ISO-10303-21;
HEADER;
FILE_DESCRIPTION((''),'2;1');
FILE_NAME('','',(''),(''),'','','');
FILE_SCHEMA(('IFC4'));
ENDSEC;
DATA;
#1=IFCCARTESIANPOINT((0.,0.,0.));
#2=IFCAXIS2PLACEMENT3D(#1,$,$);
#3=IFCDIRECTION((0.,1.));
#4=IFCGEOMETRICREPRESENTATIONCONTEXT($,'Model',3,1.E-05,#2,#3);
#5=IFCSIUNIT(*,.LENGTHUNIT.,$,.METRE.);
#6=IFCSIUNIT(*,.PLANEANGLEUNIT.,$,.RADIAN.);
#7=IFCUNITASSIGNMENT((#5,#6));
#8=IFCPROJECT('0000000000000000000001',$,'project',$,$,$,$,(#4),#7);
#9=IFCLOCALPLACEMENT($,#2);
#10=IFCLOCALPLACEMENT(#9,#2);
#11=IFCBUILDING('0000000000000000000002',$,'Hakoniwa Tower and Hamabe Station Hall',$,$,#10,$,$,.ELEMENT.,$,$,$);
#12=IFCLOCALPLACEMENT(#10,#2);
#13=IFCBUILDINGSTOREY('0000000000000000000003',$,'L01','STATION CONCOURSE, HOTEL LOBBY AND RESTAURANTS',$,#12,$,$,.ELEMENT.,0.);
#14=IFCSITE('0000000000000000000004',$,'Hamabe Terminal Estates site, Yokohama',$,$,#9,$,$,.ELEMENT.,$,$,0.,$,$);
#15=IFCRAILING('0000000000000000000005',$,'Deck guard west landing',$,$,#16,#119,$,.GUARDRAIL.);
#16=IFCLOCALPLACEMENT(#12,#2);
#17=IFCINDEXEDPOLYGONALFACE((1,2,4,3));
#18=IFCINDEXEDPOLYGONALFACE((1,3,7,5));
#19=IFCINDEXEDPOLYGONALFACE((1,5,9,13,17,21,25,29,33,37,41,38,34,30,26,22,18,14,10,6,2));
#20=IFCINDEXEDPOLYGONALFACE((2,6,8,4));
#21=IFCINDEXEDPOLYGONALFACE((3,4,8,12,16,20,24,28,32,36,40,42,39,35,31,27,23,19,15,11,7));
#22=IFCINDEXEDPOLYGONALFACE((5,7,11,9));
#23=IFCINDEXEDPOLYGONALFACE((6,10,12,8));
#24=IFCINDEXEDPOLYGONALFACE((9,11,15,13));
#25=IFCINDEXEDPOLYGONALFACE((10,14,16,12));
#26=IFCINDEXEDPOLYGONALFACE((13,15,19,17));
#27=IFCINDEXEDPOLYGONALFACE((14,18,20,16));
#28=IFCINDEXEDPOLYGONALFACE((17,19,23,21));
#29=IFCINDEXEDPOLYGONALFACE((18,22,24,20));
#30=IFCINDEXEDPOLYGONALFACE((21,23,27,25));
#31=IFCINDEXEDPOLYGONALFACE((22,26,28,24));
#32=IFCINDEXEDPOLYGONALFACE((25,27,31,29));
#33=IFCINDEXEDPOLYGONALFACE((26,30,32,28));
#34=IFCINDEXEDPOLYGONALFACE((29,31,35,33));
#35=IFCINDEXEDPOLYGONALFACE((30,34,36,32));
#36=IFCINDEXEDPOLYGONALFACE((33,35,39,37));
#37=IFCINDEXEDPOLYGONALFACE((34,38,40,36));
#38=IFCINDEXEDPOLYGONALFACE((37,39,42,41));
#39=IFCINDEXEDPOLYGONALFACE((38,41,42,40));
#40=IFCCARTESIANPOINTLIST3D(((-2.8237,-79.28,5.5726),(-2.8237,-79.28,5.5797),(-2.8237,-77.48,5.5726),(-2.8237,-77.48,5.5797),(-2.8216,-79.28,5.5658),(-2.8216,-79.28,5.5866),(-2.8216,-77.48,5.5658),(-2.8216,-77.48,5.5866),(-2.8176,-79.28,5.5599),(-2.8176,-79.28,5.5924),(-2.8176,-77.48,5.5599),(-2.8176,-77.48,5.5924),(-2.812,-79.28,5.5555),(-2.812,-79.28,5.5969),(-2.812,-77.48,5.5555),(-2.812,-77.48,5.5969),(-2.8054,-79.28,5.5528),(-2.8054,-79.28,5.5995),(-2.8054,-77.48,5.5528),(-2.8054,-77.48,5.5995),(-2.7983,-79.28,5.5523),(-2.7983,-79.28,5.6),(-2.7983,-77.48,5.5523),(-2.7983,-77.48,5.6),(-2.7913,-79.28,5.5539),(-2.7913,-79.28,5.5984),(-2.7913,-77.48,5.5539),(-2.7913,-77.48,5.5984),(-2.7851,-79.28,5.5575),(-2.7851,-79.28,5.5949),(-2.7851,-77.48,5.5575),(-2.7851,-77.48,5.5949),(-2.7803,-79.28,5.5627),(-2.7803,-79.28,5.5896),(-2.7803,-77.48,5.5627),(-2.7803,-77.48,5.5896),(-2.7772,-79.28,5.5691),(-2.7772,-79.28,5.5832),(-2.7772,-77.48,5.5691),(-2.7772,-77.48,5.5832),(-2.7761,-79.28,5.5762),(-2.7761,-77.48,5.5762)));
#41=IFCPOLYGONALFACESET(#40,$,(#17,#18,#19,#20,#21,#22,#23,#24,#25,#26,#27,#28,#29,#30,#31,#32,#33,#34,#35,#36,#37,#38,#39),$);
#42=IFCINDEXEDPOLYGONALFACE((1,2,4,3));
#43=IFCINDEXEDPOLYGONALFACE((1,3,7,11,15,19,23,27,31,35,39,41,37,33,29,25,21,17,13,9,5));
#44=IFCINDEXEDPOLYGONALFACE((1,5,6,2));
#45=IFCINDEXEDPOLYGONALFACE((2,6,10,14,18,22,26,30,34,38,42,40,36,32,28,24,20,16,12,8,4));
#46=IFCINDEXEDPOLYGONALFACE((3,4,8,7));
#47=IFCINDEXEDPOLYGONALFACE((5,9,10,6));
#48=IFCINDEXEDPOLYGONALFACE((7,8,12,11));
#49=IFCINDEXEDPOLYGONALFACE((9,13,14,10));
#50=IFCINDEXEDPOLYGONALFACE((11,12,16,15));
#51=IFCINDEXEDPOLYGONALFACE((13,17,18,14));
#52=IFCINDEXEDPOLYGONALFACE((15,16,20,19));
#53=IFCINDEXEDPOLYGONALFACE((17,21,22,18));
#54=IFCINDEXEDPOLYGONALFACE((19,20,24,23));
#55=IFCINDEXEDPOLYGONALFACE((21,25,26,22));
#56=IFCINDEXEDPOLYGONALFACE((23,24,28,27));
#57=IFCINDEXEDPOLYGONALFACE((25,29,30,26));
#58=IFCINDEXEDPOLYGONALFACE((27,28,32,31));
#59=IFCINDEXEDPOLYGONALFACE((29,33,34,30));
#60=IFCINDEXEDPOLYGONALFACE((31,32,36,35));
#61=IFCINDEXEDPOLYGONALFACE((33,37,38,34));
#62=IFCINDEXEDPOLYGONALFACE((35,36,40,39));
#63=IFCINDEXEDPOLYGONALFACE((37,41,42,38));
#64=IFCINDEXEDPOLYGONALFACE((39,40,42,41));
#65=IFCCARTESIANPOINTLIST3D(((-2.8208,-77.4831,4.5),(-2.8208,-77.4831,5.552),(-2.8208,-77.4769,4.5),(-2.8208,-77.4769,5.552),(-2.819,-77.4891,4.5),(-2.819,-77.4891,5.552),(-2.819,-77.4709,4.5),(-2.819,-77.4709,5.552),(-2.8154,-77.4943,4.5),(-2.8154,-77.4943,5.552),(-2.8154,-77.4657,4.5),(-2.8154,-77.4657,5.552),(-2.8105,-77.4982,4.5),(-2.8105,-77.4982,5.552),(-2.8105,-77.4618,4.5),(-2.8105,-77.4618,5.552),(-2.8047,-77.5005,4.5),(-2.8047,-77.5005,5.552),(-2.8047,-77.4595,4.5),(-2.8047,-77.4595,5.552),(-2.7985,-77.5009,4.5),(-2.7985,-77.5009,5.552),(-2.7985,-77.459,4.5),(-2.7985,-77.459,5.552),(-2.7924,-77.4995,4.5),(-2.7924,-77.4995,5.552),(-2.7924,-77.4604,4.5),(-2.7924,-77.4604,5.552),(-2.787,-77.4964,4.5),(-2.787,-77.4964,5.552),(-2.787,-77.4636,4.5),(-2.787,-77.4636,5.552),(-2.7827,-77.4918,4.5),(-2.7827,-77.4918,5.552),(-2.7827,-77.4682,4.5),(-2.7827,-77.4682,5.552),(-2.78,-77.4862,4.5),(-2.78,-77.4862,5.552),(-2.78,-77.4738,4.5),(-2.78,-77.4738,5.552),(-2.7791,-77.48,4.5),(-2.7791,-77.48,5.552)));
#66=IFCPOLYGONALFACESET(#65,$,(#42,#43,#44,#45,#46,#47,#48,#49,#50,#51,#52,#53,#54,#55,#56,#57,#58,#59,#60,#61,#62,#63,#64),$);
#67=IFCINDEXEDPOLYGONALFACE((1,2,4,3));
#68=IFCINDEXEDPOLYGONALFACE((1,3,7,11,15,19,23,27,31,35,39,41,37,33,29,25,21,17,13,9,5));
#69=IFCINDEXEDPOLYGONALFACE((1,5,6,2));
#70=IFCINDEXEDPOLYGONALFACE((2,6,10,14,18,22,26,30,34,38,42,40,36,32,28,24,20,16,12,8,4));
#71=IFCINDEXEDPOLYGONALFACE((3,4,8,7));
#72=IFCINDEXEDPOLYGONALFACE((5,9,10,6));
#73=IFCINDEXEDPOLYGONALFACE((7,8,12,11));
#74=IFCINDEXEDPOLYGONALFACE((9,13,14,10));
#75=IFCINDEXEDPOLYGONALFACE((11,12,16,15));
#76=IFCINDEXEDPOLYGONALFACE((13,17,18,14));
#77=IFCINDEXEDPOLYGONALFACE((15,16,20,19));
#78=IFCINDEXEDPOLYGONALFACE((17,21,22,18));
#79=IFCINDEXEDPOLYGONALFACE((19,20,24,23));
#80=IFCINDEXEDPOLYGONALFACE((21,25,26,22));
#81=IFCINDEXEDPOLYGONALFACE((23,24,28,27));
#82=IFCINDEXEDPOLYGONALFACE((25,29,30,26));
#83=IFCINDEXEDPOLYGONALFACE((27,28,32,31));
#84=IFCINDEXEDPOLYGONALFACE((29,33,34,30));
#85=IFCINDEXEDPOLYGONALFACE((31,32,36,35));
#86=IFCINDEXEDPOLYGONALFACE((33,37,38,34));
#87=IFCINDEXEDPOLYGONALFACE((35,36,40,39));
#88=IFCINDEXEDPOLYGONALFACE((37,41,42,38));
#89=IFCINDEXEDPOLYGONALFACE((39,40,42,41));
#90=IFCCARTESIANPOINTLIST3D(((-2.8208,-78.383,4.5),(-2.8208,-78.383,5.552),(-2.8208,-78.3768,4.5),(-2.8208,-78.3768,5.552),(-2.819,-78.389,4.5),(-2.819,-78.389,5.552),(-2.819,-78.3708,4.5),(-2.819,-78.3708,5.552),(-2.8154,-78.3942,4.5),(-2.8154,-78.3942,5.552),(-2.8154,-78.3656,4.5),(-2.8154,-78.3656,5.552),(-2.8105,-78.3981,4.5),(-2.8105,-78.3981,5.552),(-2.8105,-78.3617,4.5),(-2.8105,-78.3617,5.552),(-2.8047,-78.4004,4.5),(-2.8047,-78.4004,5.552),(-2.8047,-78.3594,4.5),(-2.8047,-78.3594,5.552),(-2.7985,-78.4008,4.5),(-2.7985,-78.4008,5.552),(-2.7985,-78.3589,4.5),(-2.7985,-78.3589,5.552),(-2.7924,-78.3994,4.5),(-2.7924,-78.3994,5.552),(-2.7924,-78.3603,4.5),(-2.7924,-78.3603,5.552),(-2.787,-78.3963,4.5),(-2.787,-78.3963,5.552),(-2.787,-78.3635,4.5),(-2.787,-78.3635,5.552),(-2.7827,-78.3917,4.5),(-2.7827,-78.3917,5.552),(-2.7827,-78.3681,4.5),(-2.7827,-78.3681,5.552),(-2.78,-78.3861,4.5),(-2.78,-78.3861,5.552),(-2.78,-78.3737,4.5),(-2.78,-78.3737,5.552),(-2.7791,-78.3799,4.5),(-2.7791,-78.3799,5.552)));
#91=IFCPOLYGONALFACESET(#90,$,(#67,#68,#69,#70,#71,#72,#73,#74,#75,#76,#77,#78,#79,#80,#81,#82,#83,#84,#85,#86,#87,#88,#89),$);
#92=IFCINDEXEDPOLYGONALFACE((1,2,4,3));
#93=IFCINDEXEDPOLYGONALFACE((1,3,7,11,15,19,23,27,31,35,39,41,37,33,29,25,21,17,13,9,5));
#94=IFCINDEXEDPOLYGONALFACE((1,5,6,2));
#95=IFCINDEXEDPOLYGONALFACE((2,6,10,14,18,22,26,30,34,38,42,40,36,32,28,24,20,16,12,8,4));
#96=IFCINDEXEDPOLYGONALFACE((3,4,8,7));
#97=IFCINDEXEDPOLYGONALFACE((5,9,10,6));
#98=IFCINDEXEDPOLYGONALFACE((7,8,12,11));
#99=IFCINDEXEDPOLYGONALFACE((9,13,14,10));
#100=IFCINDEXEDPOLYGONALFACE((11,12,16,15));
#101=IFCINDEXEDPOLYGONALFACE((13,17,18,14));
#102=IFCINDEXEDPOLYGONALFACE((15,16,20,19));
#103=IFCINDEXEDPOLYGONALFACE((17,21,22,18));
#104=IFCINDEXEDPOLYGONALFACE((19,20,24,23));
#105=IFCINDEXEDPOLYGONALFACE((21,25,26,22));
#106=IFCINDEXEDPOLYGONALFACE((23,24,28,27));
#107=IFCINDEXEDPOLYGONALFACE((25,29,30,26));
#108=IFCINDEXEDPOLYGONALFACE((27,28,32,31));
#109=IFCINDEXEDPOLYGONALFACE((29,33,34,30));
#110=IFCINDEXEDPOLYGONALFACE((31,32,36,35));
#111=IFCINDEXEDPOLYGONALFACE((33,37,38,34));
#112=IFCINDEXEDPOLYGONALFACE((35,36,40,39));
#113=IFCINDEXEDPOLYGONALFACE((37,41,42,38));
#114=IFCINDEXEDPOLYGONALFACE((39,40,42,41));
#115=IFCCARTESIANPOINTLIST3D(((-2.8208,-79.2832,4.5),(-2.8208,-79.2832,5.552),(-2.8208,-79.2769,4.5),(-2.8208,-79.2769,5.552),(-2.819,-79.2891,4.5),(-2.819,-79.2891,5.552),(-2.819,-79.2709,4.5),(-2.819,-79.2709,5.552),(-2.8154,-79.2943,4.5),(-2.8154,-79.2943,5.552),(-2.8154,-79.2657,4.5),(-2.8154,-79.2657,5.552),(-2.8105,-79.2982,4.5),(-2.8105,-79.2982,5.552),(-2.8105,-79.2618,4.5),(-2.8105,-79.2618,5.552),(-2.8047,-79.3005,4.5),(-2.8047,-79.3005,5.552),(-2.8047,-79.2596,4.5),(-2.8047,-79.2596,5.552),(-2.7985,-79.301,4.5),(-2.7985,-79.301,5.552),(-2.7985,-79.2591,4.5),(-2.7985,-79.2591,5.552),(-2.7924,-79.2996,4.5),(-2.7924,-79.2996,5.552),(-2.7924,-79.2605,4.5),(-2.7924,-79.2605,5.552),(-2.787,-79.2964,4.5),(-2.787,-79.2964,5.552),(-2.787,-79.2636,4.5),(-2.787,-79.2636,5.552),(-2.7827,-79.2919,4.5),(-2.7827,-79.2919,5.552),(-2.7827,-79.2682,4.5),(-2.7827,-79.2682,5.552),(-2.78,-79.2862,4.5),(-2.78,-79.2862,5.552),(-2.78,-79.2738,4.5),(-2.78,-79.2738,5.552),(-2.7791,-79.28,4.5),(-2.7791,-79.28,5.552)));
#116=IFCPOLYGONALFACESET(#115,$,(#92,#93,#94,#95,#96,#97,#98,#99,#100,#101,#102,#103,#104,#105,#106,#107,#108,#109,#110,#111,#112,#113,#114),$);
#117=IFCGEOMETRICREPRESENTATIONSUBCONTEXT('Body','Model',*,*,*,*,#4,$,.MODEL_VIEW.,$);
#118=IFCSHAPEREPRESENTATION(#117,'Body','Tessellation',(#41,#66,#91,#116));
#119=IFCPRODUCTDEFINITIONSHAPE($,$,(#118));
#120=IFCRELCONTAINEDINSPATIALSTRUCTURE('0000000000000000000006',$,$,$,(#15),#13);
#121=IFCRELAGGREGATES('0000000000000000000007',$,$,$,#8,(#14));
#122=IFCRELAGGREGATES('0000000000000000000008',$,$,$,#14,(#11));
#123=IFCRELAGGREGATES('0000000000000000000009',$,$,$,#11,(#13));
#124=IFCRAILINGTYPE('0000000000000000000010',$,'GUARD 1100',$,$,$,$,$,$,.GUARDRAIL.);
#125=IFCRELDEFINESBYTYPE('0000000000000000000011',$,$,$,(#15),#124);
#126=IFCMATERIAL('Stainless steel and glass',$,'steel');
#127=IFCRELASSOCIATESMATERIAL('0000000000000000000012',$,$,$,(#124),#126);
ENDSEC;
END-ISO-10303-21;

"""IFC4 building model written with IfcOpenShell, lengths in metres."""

from ifc_helpers import new_model, si_unit, direction, frame, origin, origin_2d, place, context, subcontext, project, spatial, circle, extrude, material, type_object, element, save


model = new_model("IFC4")

# Units and contexts
model_context = context("Model", 3, precision=1e-05, world=origin(), true_north=direction((0.0, 1.0)))
body_context = subcontext(model_context, "Body", "Model", "MODEL_VIEW")
ifc_project = project(units=[si_unit("LENGTHUNIT", "METRE"), si_unit("PLANEANGLEUNIT", "RADIAN")], contexts=[model_context])

# Site, building, storey
site_placement = place(None, origin())
site = spatial("IfcSite", under=ifc_project, at=site_placement, Name="Hamabe Terminal Estates site, Yokohama", CompositionType="ELEMENT", RefElevation=0.0)
building_placement = place(site_placement, origin())
building = spatial("IfcBuilding", under=site, at=building_placement, Name="Hakoniwa Tower and Hamabe Station Hall", CompositionType="ELEMENT")
storey_placement = place(building_placement, origin())
storey = spatial("IfcBuildingStorey", under=building, at=storey_placement, Name="L01", Description="STATION CONCOURSE, HOTEL LOBBY AND RESTAURANTS", CompositionType="ELEMENT", Elevation=0.0)

# Railing
ifc_material_1 = material(Name="Stainless steel and glass", Category="steel")
railing_type_1 = type_object("IfcRailingType", Name="GUARD 1100", PredefinedType="GUARDRAIL", material=ifc_material_1)
railing_1_placement = place(storey_placement, frame((-2.8, -77.48, 4.5)))
element("IfcRailing", 1, at=railing_1_placement, inside=storey, type_object=railing_type_1, Name="Deck guard west landing", PredefinedType="GUARDRAIL", context=body_context, shape_type="SweptSolid", body=[
    extrude(circle(Radius=0.0239, at=origin_2d()), frame((0.0, 0.0, 1.0762), z_axis=(0.0, -1.0, 0.0), x_axis=(1.0, 0.0, 0.0)), (0.0, 0.0, 1.0), 1.8),
    extrude(circle(Radius=0.021, at=origin_2d()), origin(), (0.0, 0.0, 1.0), 1.052),
    extrude(circle(Radius=0.021, at=origin_2d()), frame((0.0, -0.8999, 0.0)), (0.0, 0.0, 1.0), 1.052),
    extrude(circle(Radius=0.021, at=origin_2d()), frame((0.0, -1.8, 0.0)), (0.0, 0.0, 1.0), 1.052),
])

save(model, "model.ifc")
